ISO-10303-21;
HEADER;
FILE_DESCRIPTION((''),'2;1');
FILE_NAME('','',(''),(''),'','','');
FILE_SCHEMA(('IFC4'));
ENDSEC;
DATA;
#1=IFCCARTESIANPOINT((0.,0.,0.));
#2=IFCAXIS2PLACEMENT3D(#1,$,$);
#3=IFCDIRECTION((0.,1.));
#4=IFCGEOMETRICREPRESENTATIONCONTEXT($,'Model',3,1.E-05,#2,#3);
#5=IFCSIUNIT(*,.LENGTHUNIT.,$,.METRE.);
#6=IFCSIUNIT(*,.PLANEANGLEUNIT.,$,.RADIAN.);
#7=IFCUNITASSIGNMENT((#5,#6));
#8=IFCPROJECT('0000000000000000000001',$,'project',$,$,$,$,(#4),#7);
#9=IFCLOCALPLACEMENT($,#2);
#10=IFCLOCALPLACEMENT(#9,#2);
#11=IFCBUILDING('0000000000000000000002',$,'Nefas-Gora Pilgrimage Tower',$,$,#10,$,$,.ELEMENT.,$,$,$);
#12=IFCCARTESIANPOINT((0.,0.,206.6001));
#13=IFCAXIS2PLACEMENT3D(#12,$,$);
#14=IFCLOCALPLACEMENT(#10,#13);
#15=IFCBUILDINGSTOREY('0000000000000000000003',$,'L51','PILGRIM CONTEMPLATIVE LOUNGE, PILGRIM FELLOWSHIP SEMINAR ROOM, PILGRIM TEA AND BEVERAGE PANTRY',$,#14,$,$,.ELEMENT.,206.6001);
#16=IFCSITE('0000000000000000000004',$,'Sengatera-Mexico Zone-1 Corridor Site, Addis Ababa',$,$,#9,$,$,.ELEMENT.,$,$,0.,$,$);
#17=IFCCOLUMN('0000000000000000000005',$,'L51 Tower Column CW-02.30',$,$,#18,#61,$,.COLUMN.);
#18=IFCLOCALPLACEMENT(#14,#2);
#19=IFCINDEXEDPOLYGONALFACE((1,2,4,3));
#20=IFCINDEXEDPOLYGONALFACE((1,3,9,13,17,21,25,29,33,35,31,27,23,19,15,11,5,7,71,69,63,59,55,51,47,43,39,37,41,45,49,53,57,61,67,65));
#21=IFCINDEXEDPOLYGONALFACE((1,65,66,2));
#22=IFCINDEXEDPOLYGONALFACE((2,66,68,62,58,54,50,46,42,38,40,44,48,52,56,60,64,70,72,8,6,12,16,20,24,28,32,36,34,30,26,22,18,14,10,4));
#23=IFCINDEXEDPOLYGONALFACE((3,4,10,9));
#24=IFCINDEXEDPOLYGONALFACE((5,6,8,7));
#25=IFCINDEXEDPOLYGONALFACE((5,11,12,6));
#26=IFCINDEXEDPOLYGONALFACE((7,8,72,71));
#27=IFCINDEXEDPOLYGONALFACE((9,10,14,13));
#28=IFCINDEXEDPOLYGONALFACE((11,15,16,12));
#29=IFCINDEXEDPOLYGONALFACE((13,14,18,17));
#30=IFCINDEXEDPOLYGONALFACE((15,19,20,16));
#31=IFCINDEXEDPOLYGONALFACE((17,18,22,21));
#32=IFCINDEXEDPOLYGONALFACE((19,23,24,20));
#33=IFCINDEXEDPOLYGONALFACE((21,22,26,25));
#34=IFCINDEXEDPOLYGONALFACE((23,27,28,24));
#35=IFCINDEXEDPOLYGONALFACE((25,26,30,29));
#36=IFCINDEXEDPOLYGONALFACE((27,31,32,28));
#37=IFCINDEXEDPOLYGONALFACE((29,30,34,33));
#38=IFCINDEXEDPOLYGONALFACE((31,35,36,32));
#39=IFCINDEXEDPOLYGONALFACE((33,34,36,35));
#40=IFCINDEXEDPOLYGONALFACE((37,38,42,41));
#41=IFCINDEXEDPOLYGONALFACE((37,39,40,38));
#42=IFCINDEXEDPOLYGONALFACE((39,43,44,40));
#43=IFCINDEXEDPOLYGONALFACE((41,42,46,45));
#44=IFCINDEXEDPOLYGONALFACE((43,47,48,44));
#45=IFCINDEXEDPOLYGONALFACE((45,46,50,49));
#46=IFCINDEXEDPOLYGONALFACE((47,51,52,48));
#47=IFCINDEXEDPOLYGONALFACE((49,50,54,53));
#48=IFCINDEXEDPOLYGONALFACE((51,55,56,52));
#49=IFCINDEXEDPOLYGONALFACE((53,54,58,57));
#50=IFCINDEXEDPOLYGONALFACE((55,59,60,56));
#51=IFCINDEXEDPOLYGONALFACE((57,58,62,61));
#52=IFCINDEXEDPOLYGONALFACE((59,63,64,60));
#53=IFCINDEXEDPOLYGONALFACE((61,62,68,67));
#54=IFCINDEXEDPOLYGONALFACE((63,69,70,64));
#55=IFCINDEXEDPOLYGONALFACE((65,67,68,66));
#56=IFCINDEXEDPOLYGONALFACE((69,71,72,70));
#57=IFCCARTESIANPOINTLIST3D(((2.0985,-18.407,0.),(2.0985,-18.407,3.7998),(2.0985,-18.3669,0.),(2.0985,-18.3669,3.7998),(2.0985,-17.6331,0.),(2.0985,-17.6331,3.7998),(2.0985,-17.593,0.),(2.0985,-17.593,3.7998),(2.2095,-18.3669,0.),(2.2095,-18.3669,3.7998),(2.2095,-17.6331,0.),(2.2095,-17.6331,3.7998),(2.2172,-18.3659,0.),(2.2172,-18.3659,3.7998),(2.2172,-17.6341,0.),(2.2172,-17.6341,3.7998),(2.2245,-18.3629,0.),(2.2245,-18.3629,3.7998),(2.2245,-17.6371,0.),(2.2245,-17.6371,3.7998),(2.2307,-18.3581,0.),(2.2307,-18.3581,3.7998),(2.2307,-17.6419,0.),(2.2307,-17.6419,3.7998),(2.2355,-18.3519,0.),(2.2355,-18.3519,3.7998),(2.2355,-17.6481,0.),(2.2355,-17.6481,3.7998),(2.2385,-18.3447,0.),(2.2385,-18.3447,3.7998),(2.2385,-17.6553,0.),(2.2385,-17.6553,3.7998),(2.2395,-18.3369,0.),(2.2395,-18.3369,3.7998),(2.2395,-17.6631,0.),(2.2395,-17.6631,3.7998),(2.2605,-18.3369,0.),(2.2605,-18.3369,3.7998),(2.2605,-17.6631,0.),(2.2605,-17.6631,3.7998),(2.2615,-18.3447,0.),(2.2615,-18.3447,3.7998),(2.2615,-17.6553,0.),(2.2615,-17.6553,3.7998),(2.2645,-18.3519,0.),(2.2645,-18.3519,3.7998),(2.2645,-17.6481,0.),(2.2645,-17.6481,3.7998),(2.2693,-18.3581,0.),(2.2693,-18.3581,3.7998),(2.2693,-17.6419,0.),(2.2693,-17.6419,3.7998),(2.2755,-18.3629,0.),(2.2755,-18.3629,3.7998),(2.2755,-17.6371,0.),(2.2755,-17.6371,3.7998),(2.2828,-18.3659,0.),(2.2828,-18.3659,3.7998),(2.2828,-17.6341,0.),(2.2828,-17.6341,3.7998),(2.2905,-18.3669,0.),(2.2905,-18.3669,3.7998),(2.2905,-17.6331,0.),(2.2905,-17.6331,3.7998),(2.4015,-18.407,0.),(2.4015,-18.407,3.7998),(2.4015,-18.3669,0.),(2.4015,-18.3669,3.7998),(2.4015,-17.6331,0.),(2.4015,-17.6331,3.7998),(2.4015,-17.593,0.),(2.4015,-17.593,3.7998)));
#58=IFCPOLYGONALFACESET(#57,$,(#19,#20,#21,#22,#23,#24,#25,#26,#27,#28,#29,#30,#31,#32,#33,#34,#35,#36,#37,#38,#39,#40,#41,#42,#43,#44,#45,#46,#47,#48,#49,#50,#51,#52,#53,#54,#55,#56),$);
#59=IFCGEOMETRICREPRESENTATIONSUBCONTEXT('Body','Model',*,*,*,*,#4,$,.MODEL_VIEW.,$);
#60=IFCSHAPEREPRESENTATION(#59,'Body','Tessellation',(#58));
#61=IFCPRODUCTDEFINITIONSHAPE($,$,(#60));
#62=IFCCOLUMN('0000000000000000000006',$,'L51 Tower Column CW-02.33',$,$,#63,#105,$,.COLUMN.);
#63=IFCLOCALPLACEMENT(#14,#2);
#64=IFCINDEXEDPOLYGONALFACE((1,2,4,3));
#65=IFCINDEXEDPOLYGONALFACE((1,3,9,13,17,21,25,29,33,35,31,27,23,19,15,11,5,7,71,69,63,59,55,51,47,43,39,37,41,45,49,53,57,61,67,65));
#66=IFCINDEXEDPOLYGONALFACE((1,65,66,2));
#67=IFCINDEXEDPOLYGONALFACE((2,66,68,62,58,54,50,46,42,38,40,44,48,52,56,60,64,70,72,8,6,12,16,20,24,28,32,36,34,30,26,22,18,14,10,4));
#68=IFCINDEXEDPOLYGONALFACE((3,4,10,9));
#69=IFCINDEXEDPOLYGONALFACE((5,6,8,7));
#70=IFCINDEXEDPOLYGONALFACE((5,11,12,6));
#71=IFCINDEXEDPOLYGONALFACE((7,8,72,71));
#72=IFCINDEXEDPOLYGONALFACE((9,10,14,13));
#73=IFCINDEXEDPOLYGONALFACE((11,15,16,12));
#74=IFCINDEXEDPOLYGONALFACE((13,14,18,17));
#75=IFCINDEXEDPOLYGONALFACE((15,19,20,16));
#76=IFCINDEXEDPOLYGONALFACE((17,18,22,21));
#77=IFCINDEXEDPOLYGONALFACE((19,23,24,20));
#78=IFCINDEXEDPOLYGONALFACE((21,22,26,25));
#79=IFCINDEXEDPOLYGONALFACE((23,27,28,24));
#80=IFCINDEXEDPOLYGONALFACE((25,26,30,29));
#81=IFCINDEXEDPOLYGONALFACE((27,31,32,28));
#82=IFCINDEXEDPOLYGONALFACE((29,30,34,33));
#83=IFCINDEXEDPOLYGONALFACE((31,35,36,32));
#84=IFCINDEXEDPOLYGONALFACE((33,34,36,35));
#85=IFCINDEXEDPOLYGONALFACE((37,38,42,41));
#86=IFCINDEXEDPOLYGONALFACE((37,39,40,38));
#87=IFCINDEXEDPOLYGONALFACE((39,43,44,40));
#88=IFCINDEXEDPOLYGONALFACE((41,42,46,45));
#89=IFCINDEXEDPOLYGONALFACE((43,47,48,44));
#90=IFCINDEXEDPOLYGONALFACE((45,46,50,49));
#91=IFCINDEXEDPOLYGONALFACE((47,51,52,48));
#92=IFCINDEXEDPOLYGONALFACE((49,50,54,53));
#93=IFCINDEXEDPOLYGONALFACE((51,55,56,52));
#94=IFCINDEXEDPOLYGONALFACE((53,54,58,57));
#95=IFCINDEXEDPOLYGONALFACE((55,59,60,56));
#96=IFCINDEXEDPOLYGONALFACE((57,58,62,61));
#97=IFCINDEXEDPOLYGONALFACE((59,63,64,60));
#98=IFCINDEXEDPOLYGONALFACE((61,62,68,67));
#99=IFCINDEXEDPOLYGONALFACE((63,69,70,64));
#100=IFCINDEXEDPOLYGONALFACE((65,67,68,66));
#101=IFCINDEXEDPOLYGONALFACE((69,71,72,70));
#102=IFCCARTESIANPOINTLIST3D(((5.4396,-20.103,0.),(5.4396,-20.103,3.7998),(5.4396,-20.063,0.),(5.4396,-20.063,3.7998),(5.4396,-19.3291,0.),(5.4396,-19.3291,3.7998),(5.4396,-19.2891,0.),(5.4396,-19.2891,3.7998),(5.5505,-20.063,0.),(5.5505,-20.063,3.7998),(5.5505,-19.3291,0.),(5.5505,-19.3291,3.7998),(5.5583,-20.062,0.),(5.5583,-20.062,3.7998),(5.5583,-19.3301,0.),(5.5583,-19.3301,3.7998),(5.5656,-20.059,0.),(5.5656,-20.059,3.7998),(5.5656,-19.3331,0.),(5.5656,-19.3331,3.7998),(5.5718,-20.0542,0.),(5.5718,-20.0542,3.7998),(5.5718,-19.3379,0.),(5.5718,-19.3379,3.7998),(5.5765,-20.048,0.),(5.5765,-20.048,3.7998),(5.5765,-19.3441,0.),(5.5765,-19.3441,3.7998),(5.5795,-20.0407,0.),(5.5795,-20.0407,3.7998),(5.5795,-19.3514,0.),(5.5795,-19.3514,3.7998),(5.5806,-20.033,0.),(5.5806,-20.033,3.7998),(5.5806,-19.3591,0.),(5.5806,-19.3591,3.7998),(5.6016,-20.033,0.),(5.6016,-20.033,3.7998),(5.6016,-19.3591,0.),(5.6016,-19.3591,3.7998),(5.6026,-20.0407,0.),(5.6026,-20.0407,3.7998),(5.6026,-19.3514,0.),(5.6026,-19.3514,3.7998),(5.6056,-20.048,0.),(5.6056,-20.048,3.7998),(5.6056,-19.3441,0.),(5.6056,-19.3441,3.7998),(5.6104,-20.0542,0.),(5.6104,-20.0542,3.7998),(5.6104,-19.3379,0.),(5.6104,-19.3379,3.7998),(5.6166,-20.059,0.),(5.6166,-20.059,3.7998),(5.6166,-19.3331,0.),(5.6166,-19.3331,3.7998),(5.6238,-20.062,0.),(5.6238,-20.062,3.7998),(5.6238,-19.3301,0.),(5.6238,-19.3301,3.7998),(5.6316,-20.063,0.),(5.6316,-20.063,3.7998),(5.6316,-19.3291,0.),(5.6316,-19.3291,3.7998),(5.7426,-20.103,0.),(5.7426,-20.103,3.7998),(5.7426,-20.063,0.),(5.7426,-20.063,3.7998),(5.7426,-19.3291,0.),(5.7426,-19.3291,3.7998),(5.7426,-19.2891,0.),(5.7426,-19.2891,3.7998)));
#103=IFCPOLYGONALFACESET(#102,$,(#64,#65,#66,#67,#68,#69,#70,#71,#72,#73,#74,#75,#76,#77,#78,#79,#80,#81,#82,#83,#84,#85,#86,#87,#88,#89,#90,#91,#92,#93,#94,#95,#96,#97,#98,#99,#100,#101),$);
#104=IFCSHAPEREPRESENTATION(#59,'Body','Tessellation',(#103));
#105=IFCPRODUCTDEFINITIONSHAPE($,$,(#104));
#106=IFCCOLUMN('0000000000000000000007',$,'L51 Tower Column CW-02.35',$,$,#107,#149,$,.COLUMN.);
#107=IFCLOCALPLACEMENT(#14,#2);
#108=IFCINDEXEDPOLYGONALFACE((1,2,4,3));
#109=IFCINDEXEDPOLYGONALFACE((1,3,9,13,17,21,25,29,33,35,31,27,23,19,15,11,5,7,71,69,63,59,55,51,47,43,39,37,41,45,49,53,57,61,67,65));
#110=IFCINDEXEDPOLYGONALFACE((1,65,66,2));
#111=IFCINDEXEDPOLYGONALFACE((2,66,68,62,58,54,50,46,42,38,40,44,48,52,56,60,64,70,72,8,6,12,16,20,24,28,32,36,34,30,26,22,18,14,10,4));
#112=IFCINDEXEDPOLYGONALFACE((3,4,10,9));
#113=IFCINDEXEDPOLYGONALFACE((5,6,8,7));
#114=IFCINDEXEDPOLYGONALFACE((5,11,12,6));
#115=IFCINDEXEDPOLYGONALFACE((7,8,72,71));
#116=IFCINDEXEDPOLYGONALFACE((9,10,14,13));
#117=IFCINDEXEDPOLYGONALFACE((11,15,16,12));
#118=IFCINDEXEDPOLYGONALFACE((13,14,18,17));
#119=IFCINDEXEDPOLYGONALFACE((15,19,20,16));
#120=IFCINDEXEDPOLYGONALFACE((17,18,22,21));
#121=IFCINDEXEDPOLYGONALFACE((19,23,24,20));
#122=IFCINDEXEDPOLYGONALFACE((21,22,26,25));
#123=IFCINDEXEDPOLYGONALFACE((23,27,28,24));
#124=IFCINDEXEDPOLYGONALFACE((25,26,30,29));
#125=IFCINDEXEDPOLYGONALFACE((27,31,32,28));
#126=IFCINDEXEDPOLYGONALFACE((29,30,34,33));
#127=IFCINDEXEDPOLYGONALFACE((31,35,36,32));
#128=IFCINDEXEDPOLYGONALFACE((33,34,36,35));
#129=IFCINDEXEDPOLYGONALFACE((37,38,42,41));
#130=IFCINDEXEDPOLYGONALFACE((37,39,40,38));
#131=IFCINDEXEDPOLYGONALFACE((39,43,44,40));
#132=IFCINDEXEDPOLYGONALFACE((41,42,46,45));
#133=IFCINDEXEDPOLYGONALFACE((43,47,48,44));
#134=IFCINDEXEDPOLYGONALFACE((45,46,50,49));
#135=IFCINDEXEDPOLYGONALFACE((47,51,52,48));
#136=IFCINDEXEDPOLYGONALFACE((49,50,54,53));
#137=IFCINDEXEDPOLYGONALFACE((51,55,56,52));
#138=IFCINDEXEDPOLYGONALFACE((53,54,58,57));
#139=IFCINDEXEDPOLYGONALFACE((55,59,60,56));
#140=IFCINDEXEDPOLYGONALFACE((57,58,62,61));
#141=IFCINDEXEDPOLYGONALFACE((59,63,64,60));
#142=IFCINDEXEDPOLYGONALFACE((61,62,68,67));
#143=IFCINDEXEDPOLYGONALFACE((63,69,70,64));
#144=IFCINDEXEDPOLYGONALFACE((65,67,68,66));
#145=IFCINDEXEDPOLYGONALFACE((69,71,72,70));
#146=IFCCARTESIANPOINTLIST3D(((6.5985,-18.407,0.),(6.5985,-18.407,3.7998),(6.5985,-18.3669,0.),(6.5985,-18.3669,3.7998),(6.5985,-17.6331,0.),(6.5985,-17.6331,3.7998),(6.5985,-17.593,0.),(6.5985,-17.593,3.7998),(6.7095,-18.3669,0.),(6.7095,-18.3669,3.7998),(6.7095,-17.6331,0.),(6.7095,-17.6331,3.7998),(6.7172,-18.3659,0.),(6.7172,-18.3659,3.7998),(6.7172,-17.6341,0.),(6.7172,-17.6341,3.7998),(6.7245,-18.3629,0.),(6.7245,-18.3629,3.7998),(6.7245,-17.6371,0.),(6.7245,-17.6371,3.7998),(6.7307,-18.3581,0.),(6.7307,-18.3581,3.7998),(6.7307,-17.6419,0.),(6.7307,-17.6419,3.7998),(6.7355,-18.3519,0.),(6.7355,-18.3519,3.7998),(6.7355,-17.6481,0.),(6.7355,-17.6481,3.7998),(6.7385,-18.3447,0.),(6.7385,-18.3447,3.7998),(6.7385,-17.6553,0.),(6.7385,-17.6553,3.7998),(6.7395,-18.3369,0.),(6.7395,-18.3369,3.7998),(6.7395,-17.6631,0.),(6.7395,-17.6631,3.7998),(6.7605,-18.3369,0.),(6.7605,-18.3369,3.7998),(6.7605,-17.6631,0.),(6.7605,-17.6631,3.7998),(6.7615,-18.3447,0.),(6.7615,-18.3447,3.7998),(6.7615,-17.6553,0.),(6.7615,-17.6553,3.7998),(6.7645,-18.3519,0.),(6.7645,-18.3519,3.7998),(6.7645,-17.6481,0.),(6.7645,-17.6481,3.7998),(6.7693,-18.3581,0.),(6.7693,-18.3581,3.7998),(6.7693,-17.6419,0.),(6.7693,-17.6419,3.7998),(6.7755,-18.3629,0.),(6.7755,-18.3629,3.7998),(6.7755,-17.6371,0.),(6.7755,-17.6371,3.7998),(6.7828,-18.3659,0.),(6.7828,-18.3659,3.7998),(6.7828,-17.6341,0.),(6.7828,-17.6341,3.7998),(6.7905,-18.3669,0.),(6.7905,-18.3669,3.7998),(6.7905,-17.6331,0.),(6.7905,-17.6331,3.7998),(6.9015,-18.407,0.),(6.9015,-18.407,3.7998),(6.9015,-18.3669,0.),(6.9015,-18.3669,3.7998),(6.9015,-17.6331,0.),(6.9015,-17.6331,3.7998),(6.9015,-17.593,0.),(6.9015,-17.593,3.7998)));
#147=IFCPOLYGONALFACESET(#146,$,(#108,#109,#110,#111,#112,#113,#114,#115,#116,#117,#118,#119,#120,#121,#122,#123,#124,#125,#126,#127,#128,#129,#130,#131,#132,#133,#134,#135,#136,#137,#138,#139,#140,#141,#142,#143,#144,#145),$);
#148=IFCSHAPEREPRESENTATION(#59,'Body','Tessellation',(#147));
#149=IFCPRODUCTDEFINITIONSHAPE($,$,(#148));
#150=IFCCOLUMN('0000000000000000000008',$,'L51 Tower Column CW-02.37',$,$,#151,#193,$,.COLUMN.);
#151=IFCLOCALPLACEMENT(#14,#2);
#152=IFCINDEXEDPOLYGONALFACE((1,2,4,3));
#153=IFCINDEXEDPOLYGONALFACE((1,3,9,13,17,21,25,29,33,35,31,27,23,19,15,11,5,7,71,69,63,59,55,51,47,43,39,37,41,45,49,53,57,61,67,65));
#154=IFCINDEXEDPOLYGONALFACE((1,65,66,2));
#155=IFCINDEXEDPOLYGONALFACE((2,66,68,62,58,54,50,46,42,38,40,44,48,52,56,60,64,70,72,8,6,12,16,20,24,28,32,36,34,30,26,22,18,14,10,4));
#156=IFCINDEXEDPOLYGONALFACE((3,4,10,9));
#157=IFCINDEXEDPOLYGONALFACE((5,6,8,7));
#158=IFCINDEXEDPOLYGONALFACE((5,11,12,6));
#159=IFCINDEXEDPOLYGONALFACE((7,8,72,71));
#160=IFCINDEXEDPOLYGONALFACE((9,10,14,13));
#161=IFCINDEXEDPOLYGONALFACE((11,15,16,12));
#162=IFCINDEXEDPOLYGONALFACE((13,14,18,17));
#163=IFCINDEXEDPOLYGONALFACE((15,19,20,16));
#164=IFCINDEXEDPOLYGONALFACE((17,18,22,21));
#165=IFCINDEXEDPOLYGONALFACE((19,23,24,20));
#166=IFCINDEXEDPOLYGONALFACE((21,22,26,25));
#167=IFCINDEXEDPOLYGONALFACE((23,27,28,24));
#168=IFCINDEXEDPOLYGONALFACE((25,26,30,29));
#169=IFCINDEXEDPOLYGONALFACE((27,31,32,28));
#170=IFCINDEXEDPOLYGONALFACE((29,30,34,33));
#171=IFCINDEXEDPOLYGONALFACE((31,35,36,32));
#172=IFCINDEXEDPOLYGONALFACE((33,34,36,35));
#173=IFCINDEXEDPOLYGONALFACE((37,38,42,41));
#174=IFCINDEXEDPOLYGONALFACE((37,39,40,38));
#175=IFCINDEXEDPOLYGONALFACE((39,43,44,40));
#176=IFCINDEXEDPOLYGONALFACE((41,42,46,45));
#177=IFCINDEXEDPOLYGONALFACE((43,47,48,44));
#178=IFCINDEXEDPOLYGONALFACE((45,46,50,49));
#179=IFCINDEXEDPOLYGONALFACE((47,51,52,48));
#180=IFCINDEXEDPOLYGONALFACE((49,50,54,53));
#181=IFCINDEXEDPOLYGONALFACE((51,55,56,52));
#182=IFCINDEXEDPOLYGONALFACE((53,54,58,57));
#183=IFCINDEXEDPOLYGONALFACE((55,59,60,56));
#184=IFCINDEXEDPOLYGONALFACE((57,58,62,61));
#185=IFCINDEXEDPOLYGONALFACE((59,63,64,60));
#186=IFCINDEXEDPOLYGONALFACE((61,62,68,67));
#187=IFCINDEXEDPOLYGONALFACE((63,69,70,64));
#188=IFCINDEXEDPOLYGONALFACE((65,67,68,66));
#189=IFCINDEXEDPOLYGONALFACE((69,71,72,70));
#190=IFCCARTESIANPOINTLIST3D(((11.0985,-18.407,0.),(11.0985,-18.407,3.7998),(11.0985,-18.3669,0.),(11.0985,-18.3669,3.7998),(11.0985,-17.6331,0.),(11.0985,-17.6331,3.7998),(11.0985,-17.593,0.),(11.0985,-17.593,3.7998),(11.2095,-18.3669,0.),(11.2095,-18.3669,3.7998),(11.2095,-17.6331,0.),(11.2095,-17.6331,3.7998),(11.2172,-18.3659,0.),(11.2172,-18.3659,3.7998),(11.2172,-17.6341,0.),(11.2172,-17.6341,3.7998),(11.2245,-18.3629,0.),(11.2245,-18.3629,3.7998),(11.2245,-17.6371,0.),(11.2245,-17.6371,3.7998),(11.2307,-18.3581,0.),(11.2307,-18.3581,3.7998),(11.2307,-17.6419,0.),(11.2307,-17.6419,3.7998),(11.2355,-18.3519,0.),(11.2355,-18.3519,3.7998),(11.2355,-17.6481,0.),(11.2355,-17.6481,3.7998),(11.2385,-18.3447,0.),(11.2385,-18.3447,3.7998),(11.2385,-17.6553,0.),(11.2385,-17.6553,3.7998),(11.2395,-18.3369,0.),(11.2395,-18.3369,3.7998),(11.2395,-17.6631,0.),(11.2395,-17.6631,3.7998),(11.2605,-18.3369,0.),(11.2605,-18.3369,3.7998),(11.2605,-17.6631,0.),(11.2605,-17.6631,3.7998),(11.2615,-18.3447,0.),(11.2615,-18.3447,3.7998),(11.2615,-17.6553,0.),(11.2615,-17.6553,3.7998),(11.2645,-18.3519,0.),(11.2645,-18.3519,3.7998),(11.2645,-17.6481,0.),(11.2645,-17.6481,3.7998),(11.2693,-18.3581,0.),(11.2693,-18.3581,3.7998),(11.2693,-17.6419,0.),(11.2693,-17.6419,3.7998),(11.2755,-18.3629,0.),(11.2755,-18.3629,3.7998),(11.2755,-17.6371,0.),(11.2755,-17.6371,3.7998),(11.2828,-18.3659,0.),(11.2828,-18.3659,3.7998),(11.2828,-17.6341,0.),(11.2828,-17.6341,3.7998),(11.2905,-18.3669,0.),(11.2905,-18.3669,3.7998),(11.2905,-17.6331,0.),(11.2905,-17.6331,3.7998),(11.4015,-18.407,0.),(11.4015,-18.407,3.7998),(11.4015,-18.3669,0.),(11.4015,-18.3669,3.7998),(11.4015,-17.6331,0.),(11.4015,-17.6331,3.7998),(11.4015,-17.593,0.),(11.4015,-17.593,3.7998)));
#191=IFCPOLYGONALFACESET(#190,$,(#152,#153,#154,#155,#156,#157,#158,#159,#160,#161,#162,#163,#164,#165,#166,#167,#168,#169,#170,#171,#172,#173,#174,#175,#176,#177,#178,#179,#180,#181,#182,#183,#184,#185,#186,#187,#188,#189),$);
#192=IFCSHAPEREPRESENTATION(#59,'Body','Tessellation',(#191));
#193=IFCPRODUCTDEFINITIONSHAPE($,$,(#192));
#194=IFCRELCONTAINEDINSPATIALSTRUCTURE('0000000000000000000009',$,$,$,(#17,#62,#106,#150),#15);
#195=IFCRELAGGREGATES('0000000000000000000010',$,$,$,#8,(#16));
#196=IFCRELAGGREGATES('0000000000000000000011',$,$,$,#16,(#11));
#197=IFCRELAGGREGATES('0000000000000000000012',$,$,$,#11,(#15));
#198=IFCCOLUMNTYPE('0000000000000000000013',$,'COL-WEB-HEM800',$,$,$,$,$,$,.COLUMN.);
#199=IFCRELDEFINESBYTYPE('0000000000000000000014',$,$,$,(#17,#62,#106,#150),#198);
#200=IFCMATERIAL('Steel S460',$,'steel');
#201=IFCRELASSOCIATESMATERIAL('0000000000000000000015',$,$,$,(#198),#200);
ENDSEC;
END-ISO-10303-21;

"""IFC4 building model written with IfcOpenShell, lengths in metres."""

from ifc_helpers import new_model, si_unit, direction, frame, origin, origin_2d, place, context, subcontext, project, spatial, i_section, extrude, source, transform, mapped, material, material_profile, profile_set, type_object, element, save


model = new_model("IFC4")

# Units and contexts
model_context = context("Model", 3, precision=1e-05, world=origin(), true_north=direction((0.0, 1.0)))
body_context = subcontext(model_context, "Body", "Model", "MODEL_VIEW")
ifc_project = project(units=[si_unit("LENGTHUNIT", "METRE"), si_unit("PLANEANGLEUNIT", "RADIAN")], contexts=[model_context])

# Site, building, storey
site_placement = place(None, origin())
site = spatial("IfcSite", under=ifc_project, at=site_placement, Name="Sengatera-Mexico Zone-1 Corridor Site, Addis Ababa", CompositionType="ELEMENT", RefElevation=0.0)
building_placement = place(site_placement, origin())
building = spatial("IfcBuilding", under=site, at=building_placement, Name="Nefas-Gora Pilgrimage Tower", CompositionType="ELEMENT")
storey_placement = place(building_placement, frame((0.0, 0.0, 206.6001)))
storey = spatial("IfcBuildingStorey", under=building, at=storey_placement, Name="L51", Description="PILGRIM CONTEMPLATIVE LOUNGE, PILGRIM FELLOWSHIP SEMINAR ROOM, PILGRIM TEA AND BEVERAGE PANTRY", CompositionType="ELEMENT", Elevation=206.6001)

# Columns
ifc_material_1 = material(Name="Steel S460", Category="steel")
ifc_material_profile_1 = material_profile(ifc_material_1, i_section(OverallWidth=0.303, OverallDepth=0.814, WebThickness=0.021, FlangeThickness=0.04, FilletRadius=0.03, at=origin_2d()), Name="HEM 800")
ifc_profile_set_1 = profile_set([ifc_material_profile_1], Name="Steel S460")
column_type_1 = type_object("IfcColumnType", Name="COL-WEB-HEM800", PredefinedType="COLUMN", material=ifc_profile_set_1)
shared_shape_1 = source(origin(), body_context, "Body", "SweptSolid", [
    extrude(i_section(OverallWidth=0.303, OverallDepth=0.814, WebThickness=0.021, FlangeThickness=0.04, FilletRadius=0.03, at=origin_2d()), origin(), (0.0, 0.0, 1.0), 3.7998),
])
for number, where, z_axis, x_axis, name in (
    (1, (2.25, -18.0, 0.0), (0.0, 0.0, 1.0), (1.0, 0.0, 0.0), "L51 Tower Column CW-02.30"),
    (2, (5.5911, -19.696, 0.0), (0.0, 0.0, 1.0), (1.0, 0.0, 0.0), "L51 Tower Column CW-02.33"),
    (3, (6.75, -18.0, 0.0), (0.0, 0.0, 1.0), (1.0, 0.0, 0.0), "L51 Tower Column CW-02.35"),
    (4, (11.25, -18.0, 0.0), (0.0, 0.0, 1.0), (1.0, 0.0, 0.0), "L51 Tower Column CW-02.37"),
):
    element("IfcColumn", number, at=place(storey_placement, frame(where, z_axis=z_axis, x_axis=x_axis)), inside=storey, type_object=column_type_1, Name=name, PredefinedType="COLUMN", context=body_context, shape_type="MappedRepresentation", body=[
        mapped(shared_shape_1, transform((0.0, 0.0, 0.0), x_axis=(1.0, 0.0, 0.0), y_axis=(0.0, 1.0, 0.0), z_axis=(0.0, 0.0, 1.0), scale=1.0)),
    ])

save(model, "model.ifc")
